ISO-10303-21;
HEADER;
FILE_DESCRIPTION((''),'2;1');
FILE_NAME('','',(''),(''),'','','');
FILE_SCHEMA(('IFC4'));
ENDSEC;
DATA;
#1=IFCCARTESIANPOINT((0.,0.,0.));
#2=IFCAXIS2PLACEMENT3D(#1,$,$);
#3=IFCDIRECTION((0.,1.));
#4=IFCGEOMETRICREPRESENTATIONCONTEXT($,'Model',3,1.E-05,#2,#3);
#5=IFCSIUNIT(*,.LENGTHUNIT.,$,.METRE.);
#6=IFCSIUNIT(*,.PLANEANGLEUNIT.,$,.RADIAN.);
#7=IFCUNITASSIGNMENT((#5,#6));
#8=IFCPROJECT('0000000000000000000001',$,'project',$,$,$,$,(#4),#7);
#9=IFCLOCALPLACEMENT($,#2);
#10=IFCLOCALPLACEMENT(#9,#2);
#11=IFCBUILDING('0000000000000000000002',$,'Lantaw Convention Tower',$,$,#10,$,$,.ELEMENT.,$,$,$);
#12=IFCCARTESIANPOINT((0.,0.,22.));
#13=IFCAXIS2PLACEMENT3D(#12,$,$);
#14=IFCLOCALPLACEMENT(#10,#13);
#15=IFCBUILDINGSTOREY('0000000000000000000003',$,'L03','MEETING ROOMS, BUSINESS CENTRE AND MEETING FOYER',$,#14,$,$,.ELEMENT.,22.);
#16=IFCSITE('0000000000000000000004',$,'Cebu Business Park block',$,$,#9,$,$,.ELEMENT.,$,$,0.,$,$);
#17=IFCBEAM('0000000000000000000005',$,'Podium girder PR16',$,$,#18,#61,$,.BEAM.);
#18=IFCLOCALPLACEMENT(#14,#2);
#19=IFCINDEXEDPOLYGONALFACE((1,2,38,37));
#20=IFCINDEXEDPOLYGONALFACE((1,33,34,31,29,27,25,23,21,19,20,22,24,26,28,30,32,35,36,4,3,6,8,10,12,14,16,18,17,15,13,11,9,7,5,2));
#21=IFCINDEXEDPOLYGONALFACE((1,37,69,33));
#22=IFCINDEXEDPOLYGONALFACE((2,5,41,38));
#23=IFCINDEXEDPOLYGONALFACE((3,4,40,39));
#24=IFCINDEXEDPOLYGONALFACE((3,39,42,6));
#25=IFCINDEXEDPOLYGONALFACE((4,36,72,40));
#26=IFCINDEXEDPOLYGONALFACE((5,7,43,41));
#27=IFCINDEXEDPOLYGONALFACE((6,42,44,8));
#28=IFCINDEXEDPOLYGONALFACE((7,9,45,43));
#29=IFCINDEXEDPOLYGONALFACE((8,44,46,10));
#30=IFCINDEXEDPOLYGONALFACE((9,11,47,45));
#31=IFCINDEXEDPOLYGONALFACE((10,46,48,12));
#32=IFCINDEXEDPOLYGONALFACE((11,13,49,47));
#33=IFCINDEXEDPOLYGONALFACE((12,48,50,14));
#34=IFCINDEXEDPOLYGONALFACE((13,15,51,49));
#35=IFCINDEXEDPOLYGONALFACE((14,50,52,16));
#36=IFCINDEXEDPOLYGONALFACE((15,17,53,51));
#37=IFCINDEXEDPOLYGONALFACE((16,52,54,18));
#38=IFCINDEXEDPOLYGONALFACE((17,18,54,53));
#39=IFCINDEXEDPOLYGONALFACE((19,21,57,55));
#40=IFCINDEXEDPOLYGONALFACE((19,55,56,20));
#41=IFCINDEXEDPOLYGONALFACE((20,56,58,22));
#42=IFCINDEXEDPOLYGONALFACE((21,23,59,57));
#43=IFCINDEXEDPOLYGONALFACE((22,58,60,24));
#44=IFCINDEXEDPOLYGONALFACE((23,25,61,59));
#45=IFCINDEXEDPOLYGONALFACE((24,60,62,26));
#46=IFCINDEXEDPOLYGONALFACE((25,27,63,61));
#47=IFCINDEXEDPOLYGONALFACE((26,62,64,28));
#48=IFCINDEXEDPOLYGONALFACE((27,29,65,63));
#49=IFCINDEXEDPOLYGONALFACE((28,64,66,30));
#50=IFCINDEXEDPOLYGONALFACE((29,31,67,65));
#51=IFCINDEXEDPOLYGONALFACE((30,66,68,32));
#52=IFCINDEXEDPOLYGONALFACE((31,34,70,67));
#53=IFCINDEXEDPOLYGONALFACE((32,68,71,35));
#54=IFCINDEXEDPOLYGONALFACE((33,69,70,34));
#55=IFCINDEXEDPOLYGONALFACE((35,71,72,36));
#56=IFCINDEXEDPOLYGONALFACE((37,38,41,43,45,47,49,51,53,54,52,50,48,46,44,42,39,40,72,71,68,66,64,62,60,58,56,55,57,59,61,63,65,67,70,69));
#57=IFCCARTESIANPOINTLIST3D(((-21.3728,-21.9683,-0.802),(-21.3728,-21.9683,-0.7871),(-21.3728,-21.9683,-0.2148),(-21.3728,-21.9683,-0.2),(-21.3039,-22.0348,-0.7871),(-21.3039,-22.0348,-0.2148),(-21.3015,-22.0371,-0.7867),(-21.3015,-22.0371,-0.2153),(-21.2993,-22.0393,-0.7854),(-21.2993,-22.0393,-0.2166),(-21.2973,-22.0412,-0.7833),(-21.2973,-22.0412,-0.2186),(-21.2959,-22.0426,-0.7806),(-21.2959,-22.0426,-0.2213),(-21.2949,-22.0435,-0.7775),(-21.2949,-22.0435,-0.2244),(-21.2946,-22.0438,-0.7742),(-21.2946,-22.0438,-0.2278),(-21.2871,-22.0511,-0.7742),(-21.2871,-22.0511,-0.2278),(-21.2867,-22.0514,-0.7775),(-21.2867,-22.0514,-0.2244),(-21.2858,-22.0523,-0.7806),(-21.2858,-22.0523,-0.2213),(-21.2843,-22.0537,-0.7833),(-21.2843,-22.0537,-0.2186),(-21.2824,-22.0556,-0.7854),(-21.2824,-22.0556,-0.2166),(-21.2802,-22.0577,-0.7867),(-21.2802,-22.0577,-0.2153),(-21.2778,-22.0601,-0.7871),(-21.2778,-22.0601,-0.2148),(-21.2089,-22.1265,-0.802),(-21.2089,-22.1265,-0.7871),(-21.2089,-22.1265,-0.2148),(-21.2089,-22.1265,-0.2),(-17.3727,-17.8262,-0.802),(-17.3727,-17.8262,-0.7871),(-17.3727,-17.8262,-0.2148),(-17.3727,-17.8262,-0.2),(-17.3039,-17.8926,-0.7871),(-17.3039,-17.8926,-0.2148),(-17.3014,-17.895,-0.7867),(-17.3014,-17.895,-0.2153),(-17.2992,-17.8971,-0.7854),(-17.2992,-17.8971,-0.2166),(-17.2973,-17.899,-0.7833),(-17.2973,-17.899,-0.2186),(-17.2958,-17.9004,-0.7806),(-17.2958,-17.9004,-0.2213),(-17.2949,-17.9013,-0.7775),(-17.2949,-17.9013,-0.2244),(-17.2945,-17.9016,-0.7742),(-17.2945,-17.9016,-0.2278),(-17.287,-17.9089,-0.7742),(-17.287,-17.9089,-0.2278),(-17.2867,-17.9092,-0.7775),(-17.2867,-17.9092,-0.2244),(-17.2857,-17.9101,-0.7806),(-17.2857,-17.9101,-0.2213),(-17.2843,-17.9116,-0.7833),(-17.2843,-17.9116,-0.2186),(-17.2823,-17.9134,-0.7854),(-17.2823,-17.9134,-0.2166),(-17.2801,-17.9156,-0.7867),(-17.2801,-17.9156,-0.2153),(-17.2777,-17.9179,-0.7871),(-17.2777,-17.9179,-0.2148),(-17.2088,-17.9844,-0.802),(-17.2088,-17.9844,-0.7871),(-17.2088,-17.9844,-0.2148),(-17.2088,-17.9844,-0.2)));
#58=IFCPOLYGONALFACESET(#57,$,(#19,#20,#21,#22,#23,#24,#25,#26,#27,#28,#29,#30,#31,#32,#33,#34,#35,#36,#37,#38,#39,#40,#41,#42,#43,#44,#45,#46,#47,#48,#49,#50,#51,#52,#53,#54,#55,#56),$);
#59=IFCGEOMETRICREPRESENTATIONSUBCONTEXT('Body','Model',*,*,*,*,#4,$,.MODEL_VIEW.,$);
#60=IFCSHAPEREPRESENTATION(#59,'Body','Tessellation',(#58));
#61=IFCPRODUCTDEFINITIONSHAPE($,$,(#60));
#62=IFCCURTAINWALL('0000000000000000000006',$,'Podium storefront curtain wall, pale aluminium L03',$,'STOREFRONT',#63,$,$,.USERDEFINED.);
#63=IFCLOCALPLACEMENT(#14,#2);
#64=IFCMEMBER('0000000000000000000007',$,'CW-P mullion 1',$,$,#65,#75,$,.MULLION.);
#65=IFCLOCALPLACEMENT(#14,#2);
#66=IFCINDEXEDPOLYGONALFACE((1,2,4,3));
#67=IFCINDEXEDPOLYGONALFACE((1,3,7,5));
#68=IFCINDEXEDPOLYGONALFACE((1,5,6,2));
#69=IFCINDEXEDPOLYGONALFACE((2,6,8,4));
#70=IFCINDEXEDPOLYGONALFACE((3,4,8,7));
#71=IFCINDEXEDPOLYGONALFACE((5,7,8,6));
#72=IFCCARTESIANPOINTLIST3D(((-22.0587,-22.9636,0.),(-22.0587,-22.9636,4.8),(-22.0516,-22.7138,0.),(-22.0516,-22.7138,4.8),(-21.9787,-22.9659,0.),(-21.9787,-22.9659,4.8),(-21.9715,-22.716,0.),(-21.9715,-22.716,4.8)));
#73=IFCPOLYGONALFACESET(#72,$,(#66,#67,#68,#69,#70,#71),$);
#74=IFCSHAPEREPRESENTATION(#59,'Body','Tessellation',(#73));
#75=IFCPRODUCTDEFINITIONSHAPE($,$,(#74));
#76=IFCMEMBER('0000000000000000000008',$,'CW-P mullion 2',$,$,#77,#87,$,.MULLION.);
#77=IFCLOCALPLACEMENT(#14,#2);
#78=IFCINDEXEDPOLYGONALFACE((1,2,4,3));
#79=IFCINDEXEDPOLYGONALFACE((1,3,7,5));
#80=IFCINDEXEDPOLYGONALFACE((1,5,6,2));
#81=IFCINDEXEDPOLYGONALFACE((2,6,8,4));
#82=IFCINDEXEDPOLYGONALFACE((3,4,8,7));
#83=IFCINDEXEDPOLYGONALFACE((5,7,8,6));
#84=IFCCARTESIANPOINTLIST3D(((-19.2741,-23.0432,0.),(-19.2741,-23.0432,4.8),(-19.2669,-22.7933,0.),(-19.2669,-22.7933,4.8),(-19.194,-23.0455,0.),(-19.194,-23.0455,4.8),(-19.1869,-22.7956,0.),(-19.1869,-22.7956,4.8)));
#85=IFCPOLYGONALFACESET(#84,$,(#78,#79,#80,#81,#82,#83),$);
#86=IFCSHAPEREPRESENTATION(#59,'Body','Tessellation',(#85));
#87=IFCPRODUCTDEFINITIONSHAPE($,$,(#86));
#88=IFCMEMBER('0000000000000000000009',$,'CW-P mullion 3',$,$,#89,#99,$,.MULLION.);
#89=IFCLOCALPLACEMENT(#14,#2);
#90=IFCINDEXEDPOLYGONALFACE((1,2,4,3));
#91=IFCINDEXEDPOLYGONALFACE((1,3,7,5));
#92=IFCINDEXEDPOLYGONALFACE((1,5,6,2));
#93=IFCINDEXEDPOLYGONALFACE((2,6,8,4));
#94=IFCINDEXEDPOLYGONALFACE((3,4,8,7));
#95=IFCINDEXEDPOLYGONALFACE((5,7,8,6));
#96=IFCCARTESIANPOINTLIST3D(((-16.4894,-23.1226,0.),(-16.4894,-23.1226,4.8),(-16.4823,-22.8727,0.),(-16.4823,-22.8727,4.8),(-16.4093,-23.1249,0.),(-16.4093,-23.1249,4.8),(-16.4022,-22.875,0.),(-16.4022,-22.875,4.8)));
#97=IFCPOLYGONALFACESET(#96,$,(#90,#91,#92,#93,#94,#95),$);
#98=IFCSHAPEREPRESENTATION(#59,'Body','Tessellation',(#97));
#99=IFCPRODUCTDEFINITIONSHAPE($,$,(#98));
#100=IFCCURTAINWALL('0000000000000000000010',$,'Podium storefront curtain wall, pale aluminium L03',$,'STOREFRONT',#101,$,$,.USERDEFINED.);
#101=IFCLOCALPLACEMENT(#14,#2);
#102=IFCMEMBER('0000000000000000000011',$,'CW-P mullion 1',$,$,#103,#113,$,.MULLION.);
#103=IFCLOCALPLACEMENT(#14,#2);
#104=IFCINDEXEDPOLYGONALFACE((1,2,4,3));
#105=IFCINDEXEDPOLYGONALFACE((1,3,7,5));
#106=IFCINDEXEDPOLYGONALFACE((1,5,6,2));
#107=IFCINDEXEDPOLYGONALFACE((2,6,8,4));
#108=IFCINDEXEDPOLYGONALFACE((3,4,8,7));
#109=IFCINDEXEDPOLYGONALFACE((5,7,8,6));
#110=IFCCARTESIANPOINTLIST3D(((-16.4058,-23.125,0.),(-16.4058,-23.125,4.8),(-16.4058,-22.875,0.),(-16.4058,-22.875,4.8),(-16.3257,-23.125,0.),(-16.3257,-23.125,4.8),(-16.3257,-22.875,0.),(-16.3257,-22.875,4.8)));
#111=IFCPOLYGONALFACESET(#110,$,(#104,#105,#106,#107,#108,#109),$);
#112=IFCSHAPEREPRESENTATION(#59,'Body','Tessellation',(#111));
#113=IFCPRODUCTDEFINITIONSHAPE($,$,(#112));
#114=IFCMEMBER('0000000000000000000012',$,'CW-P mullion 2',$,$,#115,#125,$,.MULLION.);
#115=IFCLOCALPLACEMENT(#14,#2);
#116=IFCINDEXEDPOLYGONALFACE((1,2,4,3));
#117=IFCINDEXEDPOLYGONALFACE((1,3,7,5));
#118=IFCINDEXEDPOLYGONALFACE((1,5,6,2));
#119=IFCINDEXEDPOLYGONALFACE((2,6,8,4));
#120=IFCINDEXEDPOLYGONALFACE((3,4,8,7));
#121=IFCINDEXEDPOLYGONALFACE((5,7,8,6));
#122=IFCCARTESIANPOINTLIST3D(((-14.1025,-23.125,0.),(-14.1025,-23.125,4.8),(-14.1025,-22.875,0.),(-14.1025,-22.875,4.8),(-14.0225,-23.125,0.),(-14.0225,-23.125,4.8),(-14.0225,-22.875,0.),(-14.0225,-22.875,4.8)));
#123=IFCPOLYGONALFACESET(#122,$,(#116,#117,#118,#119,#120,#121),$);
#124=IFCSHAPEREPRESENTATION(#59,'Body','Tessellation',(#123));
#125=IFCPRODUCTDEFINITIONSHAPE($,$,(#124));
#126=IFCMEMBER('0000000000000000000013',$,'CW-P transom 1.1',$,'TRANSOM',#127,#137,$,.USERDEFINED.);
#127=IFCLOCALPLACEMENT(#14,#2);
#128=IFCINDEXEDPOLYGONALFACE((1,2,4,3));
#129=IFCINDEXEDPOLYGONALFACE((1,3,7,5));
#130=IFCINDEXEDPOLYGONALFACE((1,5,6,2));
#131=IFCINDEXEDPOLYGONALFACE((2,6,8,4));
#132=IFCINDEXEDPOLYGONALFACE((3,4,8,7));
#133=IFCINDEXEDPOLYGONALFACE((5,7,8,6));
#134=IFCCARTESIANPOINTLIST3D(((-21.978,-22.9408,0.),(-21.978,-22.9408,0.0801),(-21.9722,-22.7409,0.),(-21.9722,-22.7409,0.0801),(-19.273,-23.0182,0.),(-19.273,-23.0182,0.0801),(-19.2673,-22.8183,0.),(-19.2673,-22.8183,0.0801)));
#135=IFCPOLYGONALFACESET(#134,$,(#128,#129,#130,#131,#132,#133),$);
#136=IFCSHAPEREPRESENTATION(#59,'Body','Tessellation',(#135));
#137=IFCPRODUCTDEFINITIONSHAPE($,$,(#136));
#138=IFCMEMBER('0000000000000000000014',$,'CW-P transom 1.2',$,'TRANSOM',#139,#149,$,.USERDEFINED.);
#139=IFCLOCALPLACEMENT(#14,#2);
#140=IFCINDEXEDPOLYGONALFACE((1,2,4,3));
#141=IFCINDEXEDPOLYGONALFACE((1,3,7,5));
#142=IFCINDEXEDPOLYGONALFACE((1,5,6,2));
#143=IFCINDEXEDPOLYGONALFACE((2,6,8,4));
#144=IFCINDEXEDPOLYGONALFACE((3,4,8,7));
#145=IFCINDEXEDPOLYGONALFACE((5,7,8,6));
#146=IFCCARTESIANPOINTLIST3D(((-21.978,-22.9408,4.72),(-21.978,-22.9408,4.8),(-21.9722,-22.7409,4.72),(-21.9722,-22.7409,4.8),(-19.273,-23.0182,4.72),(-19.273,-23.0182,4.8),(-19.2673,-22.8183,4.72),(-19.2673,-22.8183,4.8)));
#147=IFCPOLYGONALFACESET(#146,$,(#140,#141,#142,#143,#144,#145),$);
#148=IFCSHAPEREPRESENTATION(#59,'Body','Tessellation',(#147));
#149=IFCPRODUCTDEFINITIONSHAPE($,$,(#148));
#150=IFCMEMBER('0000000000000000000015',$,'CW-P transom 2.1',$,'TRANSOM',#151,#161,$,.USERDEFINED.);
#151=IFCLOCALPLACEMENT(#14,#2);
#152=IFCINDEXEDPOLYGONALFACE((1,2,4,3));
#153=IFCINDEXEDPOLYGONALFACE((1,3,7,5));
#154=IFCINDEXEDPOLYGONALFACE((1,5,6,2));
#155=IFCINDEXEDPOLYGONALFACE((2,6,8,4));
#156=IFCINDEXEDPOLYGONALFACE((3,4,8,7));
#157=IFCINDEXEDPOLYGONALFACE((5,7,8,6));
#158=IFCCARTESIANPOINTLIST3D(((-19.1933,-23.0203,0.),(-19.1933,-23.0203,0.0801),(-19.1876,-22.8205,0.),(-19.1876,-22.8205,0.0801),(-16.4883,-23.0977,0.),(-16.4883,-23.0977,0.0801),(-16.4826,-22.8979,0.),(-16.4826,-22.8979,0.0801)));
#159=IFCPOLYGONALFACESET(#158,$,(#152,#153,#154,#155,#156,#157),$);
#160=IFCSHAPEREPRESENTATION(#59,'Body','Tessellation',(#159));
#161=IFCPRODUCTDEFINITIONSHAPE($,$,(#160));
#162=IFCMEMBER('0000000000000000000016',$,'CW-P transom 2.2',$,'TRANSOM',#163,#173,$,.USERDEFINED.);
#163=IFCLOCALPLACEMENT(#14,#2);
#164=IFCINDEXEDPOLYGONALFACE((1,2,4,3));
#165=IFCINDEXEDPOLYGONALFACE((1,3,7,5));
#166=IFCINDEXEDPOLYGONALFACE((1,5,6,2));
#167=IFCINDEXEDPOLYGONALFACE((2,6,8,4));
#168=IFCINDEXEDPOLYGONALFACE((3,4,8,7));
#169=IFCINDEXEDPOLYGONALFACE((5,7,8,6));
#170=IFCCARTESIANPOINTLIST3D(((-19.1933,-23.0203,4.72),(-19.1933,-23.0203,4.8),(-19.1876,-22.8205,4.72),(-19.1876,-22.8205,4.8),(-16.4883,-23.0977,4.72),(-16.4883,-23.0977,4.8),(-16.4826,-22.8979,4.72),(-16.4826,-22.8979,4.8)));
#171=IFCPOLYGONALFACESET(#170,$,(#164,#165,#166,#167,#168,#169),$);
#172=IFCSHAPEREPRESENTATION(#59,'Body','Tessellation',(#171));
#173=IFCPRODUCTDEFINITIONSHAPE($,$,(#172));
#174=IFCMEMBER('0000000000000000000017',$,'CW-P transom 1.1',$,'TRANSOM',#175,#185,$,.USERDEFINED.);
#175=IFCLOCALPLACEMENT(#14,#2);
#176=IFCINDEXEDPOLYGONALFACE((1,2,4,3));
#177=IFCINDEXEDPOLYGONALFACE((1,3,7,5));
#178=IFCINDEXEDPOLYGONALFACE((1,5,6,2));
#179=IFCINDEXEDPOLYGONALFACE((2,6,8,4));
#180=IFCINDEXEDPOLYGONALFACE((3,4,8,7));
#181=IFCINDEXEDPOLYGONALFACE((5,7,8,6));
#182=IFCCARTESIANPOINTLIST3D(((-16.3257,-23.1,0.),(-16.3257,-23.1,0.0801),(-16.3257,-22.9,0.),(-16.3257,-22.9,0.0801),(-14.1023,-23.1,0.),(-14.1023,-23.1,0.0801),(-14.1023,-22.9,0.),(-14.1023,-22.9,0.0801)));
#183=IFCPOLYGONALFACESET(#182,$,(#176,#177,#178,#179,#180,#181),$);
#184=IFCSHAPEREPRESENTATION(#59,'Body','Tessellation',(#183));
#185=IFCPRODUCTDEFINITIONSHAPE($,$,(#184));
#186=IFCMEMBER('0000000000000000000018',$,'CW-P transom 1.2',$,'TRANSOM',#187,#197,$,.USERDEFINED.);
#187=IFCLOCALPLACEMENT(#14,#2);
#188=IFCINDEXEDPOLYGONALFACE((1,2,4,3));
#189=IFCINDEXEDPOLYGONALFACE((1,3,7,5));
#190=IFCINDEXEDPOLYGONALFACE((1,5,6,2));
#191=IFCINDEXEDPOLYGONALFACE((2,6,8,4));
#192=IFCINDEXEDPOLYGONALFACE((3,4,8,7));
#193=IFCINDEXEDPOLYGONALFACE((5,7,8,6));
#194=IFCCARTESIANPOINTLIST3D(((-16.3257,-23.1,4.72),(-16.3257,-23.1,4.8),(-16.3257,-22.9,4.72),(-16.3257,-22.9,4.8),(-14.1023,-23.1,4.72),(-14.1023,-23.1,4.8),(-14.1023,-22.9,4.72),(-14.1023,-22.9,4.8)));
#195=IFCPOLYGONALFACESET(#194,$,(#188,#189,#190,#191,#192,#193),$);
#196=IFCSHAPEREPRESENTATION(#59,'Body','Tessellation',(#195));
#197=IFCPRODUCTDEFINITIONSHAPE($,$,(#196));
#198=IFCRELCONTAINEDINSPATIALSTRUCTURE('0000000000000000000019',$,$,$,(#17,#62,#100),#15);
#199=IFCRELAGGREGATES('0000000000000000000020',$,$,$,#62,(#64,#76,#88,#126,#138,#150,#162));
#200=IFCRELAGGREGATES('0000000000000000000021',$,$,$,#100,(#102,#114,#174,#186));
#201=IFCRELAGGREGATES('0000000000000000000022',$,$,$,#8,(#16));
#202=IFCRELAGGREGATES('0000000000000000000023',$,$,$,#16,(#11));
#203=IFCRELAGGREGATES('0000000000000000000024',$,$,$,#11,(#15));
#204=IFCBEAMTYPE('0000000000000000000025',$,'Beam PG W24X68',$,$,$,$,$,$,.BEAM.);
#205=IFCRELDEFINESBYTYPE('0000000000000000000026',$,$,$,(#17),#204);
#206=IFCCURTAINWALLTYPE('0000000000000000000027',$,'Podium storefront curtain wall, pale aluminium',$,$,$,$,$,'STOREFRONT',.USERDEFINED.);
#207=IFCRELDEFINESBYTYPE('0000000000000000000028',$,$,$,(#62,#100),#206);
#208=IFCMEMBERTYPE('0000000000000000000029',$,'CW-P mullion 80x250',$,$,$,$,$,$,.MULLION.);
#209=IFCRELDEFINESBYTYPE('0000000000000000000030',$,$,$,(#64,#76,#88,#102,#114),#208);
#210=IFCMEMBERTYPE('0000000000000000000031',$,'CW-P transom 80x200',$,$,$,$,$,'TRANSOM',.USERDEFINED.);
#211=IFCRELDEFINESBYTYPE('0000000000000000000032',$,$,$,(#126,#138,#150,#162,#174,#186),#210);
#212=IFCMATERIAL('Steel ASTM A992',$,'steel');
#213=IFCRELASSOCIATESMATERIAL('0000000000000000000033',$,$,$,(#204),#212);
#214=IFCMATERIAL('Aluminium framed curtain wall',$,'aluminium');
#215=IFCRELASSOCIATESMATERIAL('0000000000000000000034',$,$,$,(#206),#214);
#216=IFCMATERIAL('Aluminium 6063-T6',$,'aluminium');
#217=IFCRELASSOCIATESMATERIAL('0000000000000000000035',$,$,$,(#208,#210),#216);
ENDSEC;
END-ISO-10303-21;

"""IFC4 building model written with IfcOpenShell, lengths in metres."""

from ifc_helpers import new_model, si_unit, direction, frame, origin, origin_2d, place, context, subcontext, project, spatial, rectangle, i_section, extrude, material, material_profile, profile_set, type_object, element, aggregate, save


model = new_model("IFC4")

# Units and contexts
model_context = context("Model", 3, precision=1e-05, world=origin(), true_north=direction((0.0, 1.0)))
body_context = subcontext(model_context, "Body", "Model", "MODEL_VIEW")
ifc_project = project(units=[si_unit("LENGTHUNIT", "METRE"), si_unit("PLANEANGLEUNIT", "RADIAN")], contexts=[model_context])

# Site, building, storey
site_placement = place(None, origin())
site = spatial("IfcSite", under=ifc_project, at=site_placement, Name="Cebu Business Park block", CompositionType="ELEMENT", RefElevation=0.0)
building_placement = place(site_placement, origin())
building = spatial("IfcBuilding", under=site, at=building_placement, Name="Lantaw Convention Tower", CompositionType="ELEMENT")
storey_placement = place(building_placement, frame((0.0, 0.0, 22.0)))
storey = spatial("IfcBuildingStorey", under=building, at=storey_placement, Name="L03", Description="MEETING ROOMS, BUSINESS CENTRE AND MEETING FOYER", CompositionType="ELEMENT", Elevation=22.0)

# Beam
ifc_material_1 = material(Name="Steel ASTM A992", Category="steel")
ifc_material_profile_1 = material_profile(ifc_material_1, i_section(OverallWidth=0.2278, OverallDepth=0.6021, WebThickness=0.0105, FlangeThickness=0.0149, FilletRadius=0.0129, at=origin_2d()), Name="W24X68")
ifc_profile_set_1 = profile_set([ifc_material_profile_1], Name="Steel ASTM A992")
beam_type_1 = type_object("IfcBeamType", Name="Beam PG W24X68", PredefinedType="BEAM", material=ifc_profile_set_1)
beam_1_placement = place(storey_placement, frame((-17.2908, -17.9053, -0.501), z_axis=(-0.694661, -0.719337, 0.0), x_axis=(0.719337, -0.694661, 0.0)))
element("IfcBeam", 1, at=beam_1_placement, inside=storey, type_object=beam_type_1, Name="Podium girder PR16", PredefinedType="BEAM", context=body_context, shape_type="SweptSolid", body=[
    extrude(i_section(OverallWidth=0.2278, OverallDepth=0.6021, WebThickness=0.0105, FlangeThickness=0.0149, FilletRadius=0.0129, at=origin_2d()), origin(), (0.0, 0.0, 1.0), 5.7583),
])

# Curtain walls, members
ifc_material_2 = material(Name="Aluminium framed curtain wall", Category="aluminium")
curtain_wall_type = type_object("IfcCurtainWallType", Name="Podium storefront curtain wall, pale aluminium", ElementType="STOREFRONT", PredefinedType="USERDEFINED", material=ifc_material_2)
curtain_wall_1_placement = place(storey_placement, origin())
curtain_wall_1 = element("IfcCurtainWall", 2, at=curtain_wall_1_placement, inside=storey, type_object=curtain_wall_type, Name="Podium storefront curtain wall, pale aluminium L03", ObjectType="STOREFRONT", PredefinedType="USERDEFINED")
ifc_material_3 = material(Name="Aluminium 6063-T6", Category="aluminium")
ifc_material_profile_2 = material_profile(ifc_material_3, rectangle(XDim=0.25, YDim=0.0801, at=origin_2d()), Name="CW-P mullion 80x250")
ifc_profile_set_2 = profile_set([ifc_material_profile_2], Name="Aluminium 6063-T6")
member_type_1 = type_object("IfcMemberType", Name="CW-P mullion 80x250", PredefinedType="MULLION", material=ifc_profile_set_2)
member_1_placement = place(storey_placement, frame((-22.0151, -22.8398, 0.0), z_axis=(0.0, 0.0, 1.0), x_axis=(0.028552, 0.999592, 0.0)))
member_1 = element("IfcMember", 3, at=member_1_placement, type_object=member_type_1, Name="CW-P mullion 1", PredefinedType="MULLION", context=body_context, shape_type="SweptSolid", body=[
    extrude(rectangle(XDim=0.25, YDim=0.0801, at=origin_2d()), origin(), (0.0, 0.0, 1.0), 4.8),
])
member_2_placement = place(storey_placement, frame((-19.2305, -22.9194, 0.0), z_axis=(0.0, 0.0, 1.0), x_axis=(0.028552, 0.999592, 0.0)))
member_2 = element("IfcMember", 4, at=member_2_placement, type_object=member_type_1, Name="CW-P mullion 2", PredefinedType="MULLION", context=body_context, shape_type="SweptSolid", body=[
    extrude(rectangle(XDim=0.25, YDim=0.0801, at=origin_2d()), origin(), (0.0, 0.0, 1.0), 4.8),
])
member_3_placement = place(storey_placement, frame((-16.4458, -22.9988, 0.0), z_axis=(0.0, 0.0, 1.0), x_axis=(0.028552, 0.999592, 0.0)))
member_3 = element("IfcMember", 5, at=member_3_placement, type_object=member_type_1, Name="CW-P mullion 3", PredefinedType="MULLION", context=body_context, shape_type="SweptSolid", body=[
    extrude(rectangle(XDim=0.25, YDim=0.0801, at=origin_2d()), origin(), (0.0, 0.0, 1.0), 4.8),
])
curtain_wall_2_placement = place(storey_placement, origin())
curtain_wall_2 = element("IfcCurtainWall", 6, at=curtain_wall_2_placement, inside=storey, type_object=curtain_wall_type, Name="Podium storefront curtain wall, pale aluminium L03", ObjectType="STOREFRONT", PredefinedType="USERDEFINED")
member_4_placement = place(storey_placement, frame((-16.3657, -23.0, 0.0), z_axis=(0.0, 0.0, 1.0), x_axis=(0.0, 1.0, 0.0)))
member_4 = element("IfcMember", 7, at=member_4_placement, type_object=member_type_1, Name="CW-P mullion 1", PredefinedType="MULLION", context=body_context, shape_type="SweptSolid", body=[
    extrude(rectangle(XDim=0.25, YDim=0.0801, at=origin_2d()), origin(), (0.0, 0.0, 1.0), 4.8),
])
member_5_placement = place(storey_placement, frame((-14.0625, -23.0, 0.0), z_axis=(0.0, 0.0, 1.0), x_axis=(0.0, 1.0, 0.0)))
member_5 = element("IfcMember", 8, at=member_5_placement, type_object=member_type_1, Name="CW-P mullion 2", PredefinedType="MULLION", context=body_context, shape_type="SweptSolid", body=[
    extrude(rectangle(XDim=0.25, YDim=0.0801, at=origin_2d()), origin(), (0.0, 0.0, 1.0), 4.8),
])

# Members
ifc_material_profile_3 = material_profile(ifc_material_3, rectangle(XDim=0.2, YDim=0.0801, at=origin_2d()), Name="CW-P transom 80x200")
ifc_profile_set_3 = profile_set([ifc_material_profile_3], Name="Aluminium 6063-T6")
member_type_2 = type_object("IfcMemberType", Name="CW-P transom 80x200", ElementType="TRANSOM", PredefinedType="USERDEFINED", material=ifc_profile_set_3)
member_6_placement = place(storey_placement, frame((-21.9751, -22.8408, 0.04), z_axis=(0.999591, -0.028601, 0.0), x_axis=(0.028601, 0.999591, 0.0)))
member_6 = element("IfcMember", 9, at=member_6_placement, type_object=member_type_2, Name="CW-P transom 1.1", ObjectType="TRANSOM", PredefinedType="USERDEFINED", context=body_context, shape_type="SweptSolid", body=[
    extrude(rectangle(XDim=0.2, YDim=0.0801, at=origin_2d()), origin(), (0.0, 0.0, 1.0), 2.7061),
])
member_7_placement = place(storey_placement, frame((-21.9751, -22.8408, 4.76), z_axis=(0.999591, -0.028601, 0.0), x_axis=(0.028601, 0.999591, 0.0)))
member_7 = element("IfcMember", 10, at=member_7_placement, type_object=member_type_2, Name="CW-P transom 1.2", ObjectType="TRANSOM", PredefinedType="USERDEFINED", context=body_context, shape_type="SweptSolid", body=[
    extrude(rectangle(XDim=0.2, YDim=0.0801, at=origin_2d()), origin(), (0.0, 0.0, 1.0), 2.7061),
])
member_8_placement = place(storey_placement, frame((-19.1904, -22.9204, 0.04), z_axis=(0.999591, -0.028601, 0.0), x_axis=(0.028601, 0.999591, 0.0)))
member_8 = element("IfcMember", 11, at=member_8_placement, type_object=member_type_2, Name="CW-P transom 2.1", ObjectType="TRANSOM", PredefinedType="USERDEFINED", context=body_context, shape_type="SweptSolid", body=[
    extrude(rectangle(XDim=0.2, YDim=0.0801, at=origin_2d()), origin(), (0.0, 0.0, 1.0), 2.7061),
])
member_9_placement = place(storey_placement, frame((-19.1904, -22.9204, 4.76), z_axis=(0.999591, -0.028601, 0.0), x_axis=(0.028601, 0.999591, 0.0)))
member_9 = element("IfcMember", 12, at=member_9_placement, type_object=member_type_2, Name="CW-P transom 2.2", ObjectType="TRANSOM", PredefinedType="USERDEFINED", context=body_context, shape_type="SweptSolid", body=[
    extrude(rectangle(XDim=0.2, YDim=0.0801, at=origin_2d()), origin(), (0.0, 0.0, 1.0), 2.7061),
])
member_10_placement = place(storey_placement, frame((-16.3257, -23.0, 0.04), z_axis=(1.0, 0.0, 0.0), x_axis=(0.0, 1.0, 0.0)))
member_10 = element("IfcMember", 13, at=member_10_placement, type_object=member_type_2, Name="CW-P transom 1.1", ObjectType="TRANSOM", PredefinedType="USERDEFINED", context=body_context, shape_type="SweptSolid", body=[
    extrude(rectangle(XDim=0.2, YDim=0.0801, at=origin_2d()), origin(), (0.0, 0.0, 1.0), 2.2234),
])
member_11_placement = place(storey_placement, frame((-16.3257, -23.0, 4.76), z_axis=(1.0, 0.0, 0.0), x_axis=(0.0, 1.0, 0.0)))
member_11 = element("IfcMember", 14, at=member_11_placement, type_object=member_type_2, Name="CW-P transom 1.2", ObjectType="TRANSOM", PredefinedType="USERDEFINED", context=body_context, shape_type="SweptSolid", body=[
    extrude(rectangle(XDim=0.2, YDim=0.0801, at=origin_2d()), origin(), (0.0, 0.0, 1.0), 2.2234),
])

aggregate(curtain_wall_1, [member_1, member_2, member_3, member_6, member_7, member_8, member_9])
aggregate(curtain_wall_2, [member_4, member_5, member_10, member_11])

save(model, "model.ifc")
